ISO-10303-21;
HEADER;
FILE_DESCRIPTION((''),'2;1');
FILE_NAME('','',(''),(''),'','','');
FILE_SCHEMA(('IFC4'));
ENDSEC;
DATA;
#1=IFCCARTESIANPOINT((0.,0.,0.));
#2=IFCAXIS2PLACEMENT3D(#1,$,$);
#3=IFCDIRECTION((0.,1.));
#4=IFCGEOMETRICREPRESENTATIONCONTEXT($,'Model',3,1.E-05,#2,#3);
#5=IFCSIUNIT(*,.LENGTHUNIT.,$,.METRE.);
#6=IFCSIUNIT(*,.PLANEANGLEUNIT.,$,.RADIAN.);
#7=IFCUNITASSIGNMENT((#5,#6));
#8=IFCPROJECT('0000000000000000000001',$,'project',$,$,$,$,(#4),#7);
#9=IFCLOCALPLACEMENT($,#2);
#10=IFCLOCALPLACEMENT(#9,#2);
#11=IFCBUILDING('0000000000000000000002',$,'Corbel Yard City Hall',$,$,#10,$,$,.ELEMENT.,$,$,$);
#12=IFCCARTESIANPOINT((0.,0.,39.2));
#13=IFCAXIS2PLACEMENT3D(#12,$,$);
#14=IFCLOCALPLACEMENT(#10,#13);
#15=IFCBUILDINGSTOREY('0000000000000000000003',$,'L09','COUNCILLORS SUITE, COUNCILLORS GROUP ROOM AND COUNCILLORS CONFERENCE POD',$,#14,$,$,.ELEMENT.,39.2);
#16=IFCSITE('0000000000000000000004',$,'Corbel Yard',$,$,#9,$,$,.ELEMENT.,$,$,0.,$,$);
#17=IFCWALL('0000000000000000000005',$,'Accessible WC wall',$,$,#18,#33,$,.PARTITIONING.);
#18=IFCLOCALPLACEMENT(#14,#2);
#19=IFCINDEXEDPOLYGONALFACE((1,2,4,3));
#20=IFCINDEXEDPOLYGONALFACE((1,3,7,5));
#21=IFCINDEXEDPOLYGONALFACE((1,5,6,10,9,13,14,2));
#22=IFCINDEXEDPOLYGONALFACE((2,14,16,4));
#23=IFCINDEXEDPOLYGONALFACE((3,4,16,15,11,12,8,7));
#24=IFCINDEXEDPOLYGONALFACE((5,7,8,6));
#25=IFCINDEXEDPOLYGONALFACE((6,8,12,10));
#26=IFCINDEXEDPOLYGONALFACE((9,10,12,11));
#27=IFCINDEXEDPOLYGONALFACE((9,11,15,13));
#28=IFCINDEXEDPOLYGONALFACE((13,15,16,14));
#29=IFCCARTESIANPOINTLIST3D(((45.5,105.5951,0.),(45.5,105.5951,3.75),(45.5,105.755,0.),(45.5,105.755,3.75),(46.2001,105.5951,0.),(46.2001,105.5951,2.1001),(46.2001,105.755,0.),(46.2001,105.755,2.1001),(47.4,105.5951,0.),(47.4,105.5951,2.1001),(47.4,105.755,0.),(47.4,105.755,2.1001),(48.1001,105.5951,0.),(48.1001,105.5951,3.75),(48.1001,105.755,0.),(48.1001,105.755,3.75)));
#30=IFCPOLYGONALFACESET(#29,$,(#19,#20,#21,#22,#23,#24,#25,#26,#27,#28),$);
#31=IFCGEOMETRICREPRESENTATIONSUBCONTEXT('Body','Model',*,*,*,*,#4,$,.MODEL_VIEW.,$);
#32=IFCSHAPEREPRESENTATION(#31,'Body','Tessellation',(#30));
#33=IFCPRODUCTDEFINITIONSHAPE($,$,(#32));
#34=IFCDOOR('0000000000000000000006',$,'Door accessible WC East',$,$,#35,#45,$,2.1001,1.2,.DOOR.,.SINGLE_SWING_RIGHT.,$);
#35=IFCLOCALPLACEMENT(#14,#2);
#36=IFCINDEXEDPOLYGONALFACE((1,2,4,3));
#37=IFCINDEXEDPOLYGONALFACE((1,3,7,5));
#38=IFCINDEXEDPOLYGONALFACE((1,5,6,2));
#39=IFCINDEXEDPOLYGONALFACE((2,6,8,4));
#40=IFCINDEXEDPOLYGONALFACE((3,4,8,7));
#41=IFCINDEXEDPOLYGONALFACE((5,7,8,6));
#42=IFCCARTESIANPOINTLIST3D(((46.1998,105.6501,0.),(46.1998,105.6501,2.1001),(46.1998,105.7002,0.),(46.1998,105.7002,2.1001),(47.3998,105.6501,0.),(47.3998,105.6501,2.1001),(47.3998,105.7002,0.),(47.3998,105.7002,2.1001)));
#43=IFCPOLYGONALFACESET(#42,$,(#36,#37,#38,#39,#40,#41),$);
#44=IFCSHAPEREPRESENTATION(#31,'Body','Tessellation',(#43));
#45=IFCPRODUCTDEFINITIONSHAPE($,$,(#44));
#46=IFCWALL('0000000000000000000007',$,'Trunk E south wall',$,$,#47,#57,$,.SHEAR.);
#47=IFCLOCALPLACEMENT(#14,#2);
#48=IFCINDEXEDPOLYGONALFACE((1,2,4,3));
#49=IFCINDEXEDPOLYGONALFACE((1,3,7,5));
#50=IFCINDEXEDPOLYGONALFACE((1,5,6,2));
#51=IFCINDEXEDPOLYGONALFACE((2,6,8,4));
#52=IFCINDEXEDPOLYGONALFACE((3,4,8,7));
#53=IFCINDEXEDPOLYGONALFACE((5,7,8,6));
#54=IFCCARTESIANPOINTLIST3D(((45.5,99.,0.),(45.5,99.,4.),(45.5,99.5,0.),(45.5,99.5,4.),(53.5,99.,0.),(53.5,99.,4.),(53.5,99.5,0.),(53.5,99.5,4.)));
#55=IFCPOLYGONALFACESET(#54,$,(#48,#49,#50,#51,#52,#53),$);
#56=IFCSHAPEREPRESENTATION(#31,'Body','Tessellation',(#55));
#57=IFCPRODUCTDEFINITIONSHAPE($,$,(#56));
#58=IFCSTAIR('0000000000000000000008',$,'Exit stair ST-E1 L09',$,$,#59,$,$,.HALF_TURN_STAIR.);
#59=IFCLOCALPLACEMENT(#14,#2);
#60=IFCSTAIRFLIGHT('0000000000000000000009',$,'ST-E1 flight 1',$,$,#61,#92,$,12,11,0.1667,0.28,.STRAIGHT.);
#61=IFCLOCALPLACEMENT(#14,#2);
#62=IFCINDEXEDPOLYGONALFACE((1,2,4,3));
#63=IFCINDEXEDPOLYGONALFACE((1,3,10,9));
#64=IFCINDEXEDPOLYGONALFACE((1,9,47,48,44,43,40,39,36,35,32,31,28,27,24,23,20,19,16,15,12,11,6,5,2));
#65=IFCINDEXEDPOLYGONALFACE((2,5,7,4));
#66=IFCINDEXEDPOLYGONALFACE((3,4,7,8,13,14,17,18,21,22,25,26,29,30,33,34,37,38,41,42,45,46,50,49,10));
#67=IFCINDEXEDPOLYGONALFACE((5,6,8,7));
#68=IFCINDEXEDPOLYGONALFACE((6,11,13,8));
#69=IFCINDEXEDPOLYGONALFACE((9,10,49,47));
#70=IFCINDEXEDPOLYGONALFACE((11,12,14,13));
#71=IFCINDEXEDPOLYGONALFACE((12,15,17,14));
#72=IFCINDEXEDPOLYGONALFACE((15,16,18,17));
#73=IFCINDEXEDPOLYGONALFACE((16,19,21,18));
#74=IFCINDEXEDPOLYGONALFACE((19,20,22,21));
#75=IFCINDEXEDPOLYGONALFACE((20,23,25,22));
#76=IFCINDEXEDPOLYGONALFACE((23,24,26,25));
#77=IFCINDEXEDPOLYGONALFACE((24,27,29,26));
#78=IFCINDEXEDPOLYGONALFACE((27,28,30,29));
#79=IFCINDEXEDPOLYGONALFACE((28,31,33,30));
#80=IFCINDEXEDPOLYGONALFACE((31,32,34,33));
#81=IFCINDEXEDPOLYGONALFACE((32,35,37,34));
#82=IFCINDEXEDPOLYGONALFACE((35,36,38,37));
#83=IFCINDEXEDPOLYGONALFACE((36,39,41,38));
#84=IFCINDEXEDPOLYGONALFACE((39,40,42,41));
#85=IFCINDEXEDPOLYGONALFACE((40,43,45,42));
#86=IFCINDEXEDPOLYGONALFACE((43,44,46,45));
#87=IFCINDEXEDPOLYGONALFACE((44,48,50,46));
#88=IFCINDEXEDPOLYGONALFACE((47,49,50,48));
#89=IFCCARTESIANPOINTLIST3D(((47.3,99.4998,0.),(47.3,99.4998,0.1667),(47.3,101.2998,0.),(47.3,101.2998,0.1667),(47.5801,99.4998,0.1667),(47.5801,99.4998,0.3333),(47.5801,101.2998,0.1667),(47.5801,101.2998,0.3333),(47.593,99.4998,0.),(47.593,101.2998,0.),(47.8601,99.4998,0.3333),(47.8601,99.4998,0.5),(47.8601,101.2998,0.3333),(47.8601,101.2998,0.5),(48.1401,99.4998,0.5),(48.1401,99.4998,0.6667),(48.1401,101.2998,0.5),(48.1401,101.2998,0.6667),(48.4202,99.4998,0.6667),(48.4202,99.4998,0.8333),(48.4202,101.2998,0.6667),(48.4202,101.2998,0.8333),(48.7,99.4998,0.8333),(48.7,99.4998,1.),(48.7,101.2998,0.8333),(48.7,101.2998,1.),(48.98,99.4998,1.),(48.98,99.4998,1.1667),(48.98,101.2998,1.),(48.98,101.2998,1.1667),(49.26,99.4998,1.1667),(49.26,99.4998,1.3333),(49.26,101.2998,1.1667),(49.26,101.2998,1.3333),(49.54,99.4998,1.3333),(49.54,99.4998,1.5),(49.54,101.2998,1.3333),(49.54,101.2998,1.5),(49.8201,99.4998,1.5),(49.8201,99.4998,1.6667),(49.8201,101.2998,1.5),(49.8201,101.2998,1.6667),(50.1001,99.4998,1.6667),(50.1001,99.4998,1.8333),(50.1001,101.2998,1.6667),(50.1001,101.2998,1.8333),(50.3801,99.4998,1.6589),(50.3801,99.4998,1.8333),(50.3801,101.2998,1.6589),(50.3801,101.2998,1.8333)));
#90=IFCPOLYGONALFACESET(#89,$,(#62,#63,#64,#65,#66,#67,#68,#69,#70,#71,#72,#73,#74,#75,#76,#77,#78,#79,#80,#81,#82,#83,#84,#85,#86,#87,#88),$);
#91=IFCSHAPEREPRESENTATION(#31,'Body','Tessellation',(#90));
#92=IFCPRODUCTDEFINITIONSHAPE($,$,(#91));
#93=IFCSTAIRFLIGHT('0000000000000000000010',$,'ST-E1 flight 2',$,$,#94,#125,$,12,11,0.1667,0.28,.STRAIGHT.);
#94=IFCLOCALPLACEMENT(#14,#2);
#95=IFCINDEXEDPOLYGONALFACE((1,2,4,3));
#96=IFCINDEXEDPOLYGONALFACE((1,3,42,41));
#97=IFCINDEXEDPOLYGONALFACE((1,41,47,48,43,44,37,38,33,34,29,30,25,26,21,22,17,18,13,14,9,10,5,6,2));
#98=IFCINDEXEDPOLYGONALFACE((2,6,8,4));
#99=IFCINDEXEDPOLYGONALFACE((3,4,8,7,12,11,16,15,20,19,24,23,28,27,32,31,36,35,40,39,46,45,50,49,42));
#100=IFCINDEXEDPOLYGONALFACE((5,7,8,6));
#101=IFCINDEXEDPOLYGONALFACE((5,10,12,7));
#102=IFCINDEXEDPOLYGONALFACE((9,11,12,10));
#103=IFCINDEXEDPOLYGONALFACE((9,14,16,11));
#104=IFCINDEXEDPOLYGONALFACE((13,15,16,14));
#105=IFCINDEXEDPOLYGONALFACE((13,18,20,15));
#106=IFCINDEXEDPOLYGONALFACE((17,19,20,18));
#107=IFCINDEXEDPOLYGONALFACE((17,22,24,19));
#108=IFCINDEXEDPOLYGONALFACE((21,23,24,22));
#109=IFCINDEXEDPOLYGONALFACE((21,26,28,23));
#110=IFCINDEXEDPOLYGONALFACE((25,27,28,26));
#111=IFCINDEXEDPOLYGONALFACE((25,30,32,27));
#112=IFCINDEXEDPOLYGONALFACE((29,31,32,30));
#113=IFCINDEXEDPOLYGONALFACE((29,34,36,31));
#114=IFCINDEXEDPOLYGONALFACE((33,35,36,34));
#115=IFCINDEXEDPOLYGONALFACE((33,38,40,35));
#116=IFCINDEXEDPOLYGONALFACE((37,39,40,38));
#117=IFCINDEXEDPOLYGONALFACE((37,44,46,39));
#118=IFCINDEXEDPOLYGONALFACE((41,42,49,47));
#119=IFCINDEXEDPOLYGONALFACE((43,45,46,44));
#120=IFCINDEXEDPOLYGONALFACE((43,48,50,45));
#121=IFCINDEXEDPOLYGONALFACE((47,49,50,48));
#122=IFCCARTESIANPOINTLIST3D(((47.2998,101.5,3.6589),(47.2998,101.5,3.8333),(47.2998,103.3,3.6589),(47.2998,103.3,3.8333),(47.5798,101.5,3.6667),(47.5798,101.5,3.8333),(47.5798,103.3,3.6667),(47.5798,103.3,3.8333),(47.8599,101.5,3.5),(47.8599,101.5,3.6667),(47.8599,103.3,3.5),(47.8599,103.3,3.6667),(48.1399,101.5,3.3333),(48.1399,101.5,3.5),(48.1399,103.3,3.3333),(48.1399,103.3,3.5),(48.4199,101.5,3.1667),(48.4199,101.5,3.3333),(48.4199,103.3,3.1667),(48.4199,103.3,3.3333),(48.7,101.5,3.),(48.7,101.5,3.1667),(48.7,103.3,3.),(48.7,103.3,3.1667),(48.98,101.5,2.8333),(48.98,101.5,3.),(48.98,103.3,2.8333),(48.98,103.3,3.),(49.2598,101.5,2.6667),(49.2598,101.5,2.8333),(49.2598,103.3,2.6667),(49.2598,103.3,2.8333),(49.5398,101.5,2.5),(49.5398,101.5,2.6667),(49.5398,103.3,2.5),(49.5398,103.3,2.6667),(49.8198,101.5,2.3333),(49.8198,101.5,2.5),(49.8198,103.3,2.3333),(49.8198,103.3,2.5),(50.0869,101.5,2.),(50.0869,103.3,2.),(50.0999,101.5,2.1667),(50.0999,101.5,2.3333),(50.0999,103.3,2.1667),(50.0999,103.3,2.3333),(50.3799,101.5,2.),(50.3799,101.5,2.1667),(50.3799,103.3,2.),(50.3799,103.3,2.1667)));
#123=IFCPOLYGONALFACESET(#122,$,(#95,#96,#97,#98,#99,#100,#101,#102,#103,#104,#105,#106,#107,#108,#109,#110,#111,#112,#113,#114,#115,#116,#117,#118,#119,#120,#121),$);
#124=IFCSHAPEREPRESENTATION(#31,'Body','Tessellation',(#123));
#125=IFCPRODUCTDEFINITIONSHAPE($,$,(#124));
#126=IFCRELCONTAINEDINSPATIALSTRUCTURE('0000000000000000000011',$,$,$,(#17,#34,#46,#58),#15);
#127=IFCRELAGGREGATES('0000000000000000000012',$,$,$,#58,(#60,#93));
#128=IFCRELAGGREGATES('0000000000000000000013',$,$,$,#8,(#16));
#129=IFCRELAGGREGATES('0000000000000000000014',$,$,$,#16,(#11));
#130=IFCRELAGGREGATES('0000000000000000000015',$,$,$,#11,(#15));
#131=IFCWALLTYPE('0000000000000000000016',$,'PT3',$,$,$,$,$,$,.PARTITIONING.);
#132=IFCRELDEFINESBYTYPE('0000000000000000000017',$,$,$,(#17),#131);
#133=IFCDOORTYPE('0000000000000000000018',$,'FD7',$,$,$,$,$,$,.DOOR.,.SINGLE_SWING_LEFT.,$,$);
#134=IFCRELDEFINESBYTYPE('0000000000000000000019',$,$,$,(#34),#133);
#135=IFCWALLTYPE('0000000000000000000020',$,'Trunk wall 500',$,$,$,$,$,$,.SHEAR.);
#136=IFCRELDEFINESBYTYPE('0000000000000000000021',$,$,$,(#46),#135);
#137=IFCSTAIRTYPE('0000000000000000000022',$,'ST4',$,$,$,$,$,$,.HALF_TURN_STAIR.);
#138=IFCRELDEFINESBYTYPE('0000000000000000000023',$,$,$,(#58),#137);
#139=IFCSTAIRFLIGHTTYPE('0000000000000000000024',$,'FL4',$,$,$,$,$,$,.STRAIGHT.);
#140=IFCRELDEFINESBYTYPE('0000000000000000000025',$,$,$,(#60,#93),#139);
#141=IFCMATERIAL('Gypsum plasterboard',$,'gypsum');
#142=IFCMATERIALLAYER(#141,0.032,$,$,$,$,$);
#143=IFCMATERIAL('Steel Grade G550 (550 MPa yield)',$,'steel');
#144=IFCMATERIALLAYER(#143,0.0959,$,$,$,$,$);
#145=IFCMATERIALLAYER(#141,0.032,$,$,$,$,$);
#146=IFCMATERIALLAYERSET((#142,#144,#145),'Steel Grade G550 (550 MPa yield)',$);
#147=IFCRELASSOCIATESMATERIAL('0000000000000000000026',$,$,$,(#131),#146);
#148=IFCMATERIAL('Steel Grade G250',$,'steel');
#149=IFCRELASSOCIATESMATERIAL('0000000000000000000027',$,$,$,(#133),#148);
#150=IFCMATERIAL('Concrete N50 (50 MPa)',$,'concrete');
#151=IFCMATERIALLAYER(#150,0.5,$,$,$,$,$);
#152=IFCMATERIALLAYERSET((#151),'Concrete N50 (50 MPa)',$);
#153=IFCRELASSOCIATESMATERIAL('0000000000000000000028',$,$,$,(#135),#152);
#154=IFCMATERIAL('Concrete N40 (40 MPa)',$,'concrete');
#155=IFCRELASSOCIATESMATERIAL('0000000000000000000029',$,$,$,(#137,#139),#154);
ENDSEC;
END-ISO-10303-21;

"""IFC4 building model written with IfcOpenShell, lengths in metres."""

from ifc_helpers import new_model, si_unit, direction, frame, frame_2d, origin, place, context, subcontext, project, spatial, polyline, rectangle, outline, extrude, material, layer, layer_set, type_object, element, fill, aggregate, save


model = new_model("IFC4")

# Units and contexts
model_context = context("Model", 3, precision=1e-05, world=origin(), true_north=direction((0.0, 1.0)))
body_context = subcontext(model_context, "Body", "Model", "MODEL_VIEW")
ifc_project = project(units=[si_unit("LENGTHUNIT", "METRE"), si_unit("PLANEANGLEUNIT", "RADIAN")], contexts=[model_context])

# Site, building, storey
site_placement = place(None, origin())
site = spatial("IfcSite", under=ifc_project, at=site_placement, Name="Corbel Yard", CompositionType="ELEMENT", RefElevation=0.0)
building_placement = place(site_placement, origin())
building = spatial("IfcBuilding", under=site, at=building_placement, Name="Corbel Yard City Hall", CompositionType="ELEMENT")
storey_placement = place(building_placement, frame((0.0, 0.0, 39.2)))
storey = spatial("IfcBuildingStorey", under=building, at=storey_placement, Name="L09", Description="COUNCILLORS SUITE, COUNCILLORS GROUP ROOM AND COUNCILLORS CONFERENCE POD", CompositionType="ELEMENT", Elevation=39.2)

# Shared definitions
ifc_material_1 = material(Name="Concrete N40 (40 MPa)", Category="concrete")

# Wall, opening, door
ifc_material_2 = material(Name="Gypsum plasterboard", Category="gypsum")
ifc_layer_1 = layer(ifc_material_2, 0.032)
ifc_material_3 = material(Name="Steel Grade G550 (550 MPa yield)", Category="steel")
ifc_layer_2 = layer(ifc_material_3, 0.0959)
ifc_layer_3 = layer(ifc_material_2, 0.032)
ifc_layer_set_1 = layer_set([ifc_layer_1, ifc_layer_2, ifc_layer_3], Name="Steel Grade G550 (550 MPa yield)")
wall_type_1 = type_object("IfcWallType", Name="PT3", PredefinedType="PARTITIONING", material=ifc_layer_set_1)
wall_1_placement = place(storey_placement, frame((45.5, 105.675, 0.0), z_axis=(0.0, 0.0, 1.0), x_axis=(1.0, 0.0, 0.0)))
wall_1 = element("IfcWall", 1, at=wall_1_placement, inside=storey, type_object=wall_type_1, Name="Accessible WC wall", PredefinedType="PARTITIONING", context=body_context, shape_type="SweptSolid", body=[
    extrude(rectangle(XDim=2.6001, YDim=0.1599, at=frame_2d((1.3, 0.0))), origin(), (0.0, 0.0, 1.0), 3.75),
])
opening_1_placement = place(wall_1_placement, frame((0.7, 0.0, 0.0)))
opening_1 = element("IfcOpeningElement", 2, at=opening_1_placement, cuts=wall_1, PredefinedType="OPENING", context=body_context, shape_type="SweptSolid", body=[
    extrude(rectangle(XDim=1.2, YDim=2.1001, at=frame_2d((0.6001, 1.05))), frame((0.0, 0.0898, 0.0), z_axis=(0.0, -1.0, 0.0), x_axis=(1.0, 0.0, 0.0)), (0.0, 0.0, 1.0), 0.1799),
])
ifc_material_4 = material(Name="Steel Grade G250", Category="steel")
door_type_1 = type_object("IfcDoorType", Name="FD7", OperationType="SINGLE_SWING_LEFT", PredefinedType="DOOR", material=ifc_material_4)
door_1_placement = place(opening_1_placement, frame((1.2, 0.0, 0.0), z_axis=(0.0, 0.0, 1.0), x_axis=(-1.0, 0.0, 0.0)))
door_1 = element("IfcDoor", 3, at=door_1_placement, inside=storey, type_object=door_type_1, Name="Door accessible WC East", OperationType="SINGLE_SWING_RIGHT", OverallHeight=2.1001, OverallWidth=1.2, PredefinedType="DOOR", context=body_context, shape_type="SweptSolid", body=[
    extrude(rectangle(XDim=1.2, YDim=2.1001, at=frame_2d((0.6001, 1.05))), frame((0.0, 0.0249, 0.0), z_axis=(0.0, -1.0, 0.0), x_axis=(1.0, 0.0, 0.0)), (0.0, 0.0, 1.0), 0.05),
])
fill(opening_1, door_1)

# Wall
ifc_material_5 = material(Name="Concrete N50 (50 MPa)", Category="concrete")
ifc_layer_4 = layer(ifc_material_5, 0.5)
ifc_layer_set_2 = layer_set([ifc_layer_4], Name="Concrete N50 (50 MPa)")
wall_type_2 = type_object("IfcWallType", Name="Trunk wall 500", PredefinedType="SHEAR", material=ifc_layer_set_2)
wall_2_placement = place(storey_placement, frame((45.5, 99.25, 0.0), z_axis=(0.0, 0.0, 1.0), x_axis=(1.0, 0.0, 0.0)))
element("IfcWall", 4, at=wall_2_placement, inside=storey, type_object=wall_type_2, Name="Trunk E south wall", PredefinedType="SHEAR", context=body_context, shape_type="SweptSolid", body=[
    extrude(rectangle(XDim=8.0, YDim=0.5, at=frame_2d((4.0, 0.0))), origin(), (0.0, 0.0, 1.0), 4.0),
])

# Stair, stair flights
stair_type = type_object("IfcStairType", Name="ST4", PredefinedType="HALF_TURN_STAIR", material=ifc_material_1)
stair_placement = place(storey_placement, origin())
stair = element("IfcStair", 5, at=stair_placement, inside=storey, type_object=stair_type, Name="Exit stair ST-E1 L09", PredefinedType="HALF_TURN_STAIR")
stair_flight_type = type_object("IfcStairFlightType", Name="FL4", PredefinedType="STRAIGHT", material=ifc_material_1)
stair_flight_1_placement = place(storey_placement, frame((47.3, 100.3999, 0.0), z_axis=(0.0, 0.0, 1.0), x_axis=(1.0, 0.0, 0.0)))
stair_flight_1 = element("IfcStairFlight", 6, at=stair_flight_1_placement, type_object=stair_flight_type, Name="ST-E1 flight 1", NumberOfRisers=12, NumberOfTreads=11, PredefinedType="STRAIGHT", RiserHeight=0.1667, TreadLength=0.28, context=body_context, shape_type="SweptSolid", body=[
    extrude(outline(polyline([(0.0, 0.0), (0.0, 0.1667), (0.28, 0.1667), (0.28, 0.3333), (0.5601, 0.3333), (0.5601, 0.5), (0.8401, 0.5), (0.8401, 0.6667), (1.1201, 0.6667), (1.1201, 0.8333), (1.3999, 0.8333), (1.3999, 1.0), (1.6799, 1.0), (1.6799, 1.1667), (1.96, 1.1667), (1.96, 1.3333), (2.24, 1.3333), (2.24, 1.5), (2.52, 1.5), (2.52, 1.6667), (2.8, 1.6667), (2.8, 1.8333), (3.0801, 1.8333), (3.0801, 2.0), (3.0801, 1.6589), (0.293, 0.0), (0.0, 0.0)])), frame((0.0, 0.8999, 0.0), z_axis=(0.0, -1.0, 0.0), x_axis=(1.0, 0.0, 0.0)), (0.0, 0.0, 1.0), 1.8),
])
stair_flight_2_placement = place(storey_placement, frame((50.3799, 102.3999, 2.0), z_axis=(0.0, 0.0, 1.0), x_axis=(-1.0, 0.0, 0.0)))
stair_flight_2 = element("IfcStairFlight", 7, at=stair_flight_2_placement, type_object=stair_flight_type, Name="ST-E1 flight 2", NumberOfRisers=12, NumberOfTreads=11, PredefinedType="STRAIGHT", RiserHeight=0.1667, TreadLength=0.28, context=body_context, shape_type="SweptSolid", body=[
    extrude(outline(polyline([(0.0, 0.0), (0.0, 0.1667), (0.28, 0.1667), (0.28, 0.3333), (0.5601, 0.3333), (0.5601, 0.5), (0.8401, 0.5), (0.8401, 0.6667), (1.1201, 0.6667), (1.1201, 0.8333), (1.3999, 0.8333), (1.3999, 1.0), (1.6799, 1.0), (1.6799, 1.1667), (1.96, 1.1667), (1.96, 1.3333), (2.24, 1.3333), (2.24, 1.5), (2.52, 1.5), (2.52, 1.6667), (2.8, 1.6667), (2.8, 1.8333), (3.0801, 1.8333), (3.0801, 2.0), (3.0801, 1.6589), (0.293, 0.0), (0.0, 0.0)])), frame((0.0, 0.8999, 0.0), z_axis=(0.0, -1.0, 0.0), x_axis=(1.0, 0.0, 0.0)), (0.0, 0.0, 1.0), 1.8),
])
aggregate(stair, [stair_flight_1, stair_flight_2])

save(model, "model.ifc")
